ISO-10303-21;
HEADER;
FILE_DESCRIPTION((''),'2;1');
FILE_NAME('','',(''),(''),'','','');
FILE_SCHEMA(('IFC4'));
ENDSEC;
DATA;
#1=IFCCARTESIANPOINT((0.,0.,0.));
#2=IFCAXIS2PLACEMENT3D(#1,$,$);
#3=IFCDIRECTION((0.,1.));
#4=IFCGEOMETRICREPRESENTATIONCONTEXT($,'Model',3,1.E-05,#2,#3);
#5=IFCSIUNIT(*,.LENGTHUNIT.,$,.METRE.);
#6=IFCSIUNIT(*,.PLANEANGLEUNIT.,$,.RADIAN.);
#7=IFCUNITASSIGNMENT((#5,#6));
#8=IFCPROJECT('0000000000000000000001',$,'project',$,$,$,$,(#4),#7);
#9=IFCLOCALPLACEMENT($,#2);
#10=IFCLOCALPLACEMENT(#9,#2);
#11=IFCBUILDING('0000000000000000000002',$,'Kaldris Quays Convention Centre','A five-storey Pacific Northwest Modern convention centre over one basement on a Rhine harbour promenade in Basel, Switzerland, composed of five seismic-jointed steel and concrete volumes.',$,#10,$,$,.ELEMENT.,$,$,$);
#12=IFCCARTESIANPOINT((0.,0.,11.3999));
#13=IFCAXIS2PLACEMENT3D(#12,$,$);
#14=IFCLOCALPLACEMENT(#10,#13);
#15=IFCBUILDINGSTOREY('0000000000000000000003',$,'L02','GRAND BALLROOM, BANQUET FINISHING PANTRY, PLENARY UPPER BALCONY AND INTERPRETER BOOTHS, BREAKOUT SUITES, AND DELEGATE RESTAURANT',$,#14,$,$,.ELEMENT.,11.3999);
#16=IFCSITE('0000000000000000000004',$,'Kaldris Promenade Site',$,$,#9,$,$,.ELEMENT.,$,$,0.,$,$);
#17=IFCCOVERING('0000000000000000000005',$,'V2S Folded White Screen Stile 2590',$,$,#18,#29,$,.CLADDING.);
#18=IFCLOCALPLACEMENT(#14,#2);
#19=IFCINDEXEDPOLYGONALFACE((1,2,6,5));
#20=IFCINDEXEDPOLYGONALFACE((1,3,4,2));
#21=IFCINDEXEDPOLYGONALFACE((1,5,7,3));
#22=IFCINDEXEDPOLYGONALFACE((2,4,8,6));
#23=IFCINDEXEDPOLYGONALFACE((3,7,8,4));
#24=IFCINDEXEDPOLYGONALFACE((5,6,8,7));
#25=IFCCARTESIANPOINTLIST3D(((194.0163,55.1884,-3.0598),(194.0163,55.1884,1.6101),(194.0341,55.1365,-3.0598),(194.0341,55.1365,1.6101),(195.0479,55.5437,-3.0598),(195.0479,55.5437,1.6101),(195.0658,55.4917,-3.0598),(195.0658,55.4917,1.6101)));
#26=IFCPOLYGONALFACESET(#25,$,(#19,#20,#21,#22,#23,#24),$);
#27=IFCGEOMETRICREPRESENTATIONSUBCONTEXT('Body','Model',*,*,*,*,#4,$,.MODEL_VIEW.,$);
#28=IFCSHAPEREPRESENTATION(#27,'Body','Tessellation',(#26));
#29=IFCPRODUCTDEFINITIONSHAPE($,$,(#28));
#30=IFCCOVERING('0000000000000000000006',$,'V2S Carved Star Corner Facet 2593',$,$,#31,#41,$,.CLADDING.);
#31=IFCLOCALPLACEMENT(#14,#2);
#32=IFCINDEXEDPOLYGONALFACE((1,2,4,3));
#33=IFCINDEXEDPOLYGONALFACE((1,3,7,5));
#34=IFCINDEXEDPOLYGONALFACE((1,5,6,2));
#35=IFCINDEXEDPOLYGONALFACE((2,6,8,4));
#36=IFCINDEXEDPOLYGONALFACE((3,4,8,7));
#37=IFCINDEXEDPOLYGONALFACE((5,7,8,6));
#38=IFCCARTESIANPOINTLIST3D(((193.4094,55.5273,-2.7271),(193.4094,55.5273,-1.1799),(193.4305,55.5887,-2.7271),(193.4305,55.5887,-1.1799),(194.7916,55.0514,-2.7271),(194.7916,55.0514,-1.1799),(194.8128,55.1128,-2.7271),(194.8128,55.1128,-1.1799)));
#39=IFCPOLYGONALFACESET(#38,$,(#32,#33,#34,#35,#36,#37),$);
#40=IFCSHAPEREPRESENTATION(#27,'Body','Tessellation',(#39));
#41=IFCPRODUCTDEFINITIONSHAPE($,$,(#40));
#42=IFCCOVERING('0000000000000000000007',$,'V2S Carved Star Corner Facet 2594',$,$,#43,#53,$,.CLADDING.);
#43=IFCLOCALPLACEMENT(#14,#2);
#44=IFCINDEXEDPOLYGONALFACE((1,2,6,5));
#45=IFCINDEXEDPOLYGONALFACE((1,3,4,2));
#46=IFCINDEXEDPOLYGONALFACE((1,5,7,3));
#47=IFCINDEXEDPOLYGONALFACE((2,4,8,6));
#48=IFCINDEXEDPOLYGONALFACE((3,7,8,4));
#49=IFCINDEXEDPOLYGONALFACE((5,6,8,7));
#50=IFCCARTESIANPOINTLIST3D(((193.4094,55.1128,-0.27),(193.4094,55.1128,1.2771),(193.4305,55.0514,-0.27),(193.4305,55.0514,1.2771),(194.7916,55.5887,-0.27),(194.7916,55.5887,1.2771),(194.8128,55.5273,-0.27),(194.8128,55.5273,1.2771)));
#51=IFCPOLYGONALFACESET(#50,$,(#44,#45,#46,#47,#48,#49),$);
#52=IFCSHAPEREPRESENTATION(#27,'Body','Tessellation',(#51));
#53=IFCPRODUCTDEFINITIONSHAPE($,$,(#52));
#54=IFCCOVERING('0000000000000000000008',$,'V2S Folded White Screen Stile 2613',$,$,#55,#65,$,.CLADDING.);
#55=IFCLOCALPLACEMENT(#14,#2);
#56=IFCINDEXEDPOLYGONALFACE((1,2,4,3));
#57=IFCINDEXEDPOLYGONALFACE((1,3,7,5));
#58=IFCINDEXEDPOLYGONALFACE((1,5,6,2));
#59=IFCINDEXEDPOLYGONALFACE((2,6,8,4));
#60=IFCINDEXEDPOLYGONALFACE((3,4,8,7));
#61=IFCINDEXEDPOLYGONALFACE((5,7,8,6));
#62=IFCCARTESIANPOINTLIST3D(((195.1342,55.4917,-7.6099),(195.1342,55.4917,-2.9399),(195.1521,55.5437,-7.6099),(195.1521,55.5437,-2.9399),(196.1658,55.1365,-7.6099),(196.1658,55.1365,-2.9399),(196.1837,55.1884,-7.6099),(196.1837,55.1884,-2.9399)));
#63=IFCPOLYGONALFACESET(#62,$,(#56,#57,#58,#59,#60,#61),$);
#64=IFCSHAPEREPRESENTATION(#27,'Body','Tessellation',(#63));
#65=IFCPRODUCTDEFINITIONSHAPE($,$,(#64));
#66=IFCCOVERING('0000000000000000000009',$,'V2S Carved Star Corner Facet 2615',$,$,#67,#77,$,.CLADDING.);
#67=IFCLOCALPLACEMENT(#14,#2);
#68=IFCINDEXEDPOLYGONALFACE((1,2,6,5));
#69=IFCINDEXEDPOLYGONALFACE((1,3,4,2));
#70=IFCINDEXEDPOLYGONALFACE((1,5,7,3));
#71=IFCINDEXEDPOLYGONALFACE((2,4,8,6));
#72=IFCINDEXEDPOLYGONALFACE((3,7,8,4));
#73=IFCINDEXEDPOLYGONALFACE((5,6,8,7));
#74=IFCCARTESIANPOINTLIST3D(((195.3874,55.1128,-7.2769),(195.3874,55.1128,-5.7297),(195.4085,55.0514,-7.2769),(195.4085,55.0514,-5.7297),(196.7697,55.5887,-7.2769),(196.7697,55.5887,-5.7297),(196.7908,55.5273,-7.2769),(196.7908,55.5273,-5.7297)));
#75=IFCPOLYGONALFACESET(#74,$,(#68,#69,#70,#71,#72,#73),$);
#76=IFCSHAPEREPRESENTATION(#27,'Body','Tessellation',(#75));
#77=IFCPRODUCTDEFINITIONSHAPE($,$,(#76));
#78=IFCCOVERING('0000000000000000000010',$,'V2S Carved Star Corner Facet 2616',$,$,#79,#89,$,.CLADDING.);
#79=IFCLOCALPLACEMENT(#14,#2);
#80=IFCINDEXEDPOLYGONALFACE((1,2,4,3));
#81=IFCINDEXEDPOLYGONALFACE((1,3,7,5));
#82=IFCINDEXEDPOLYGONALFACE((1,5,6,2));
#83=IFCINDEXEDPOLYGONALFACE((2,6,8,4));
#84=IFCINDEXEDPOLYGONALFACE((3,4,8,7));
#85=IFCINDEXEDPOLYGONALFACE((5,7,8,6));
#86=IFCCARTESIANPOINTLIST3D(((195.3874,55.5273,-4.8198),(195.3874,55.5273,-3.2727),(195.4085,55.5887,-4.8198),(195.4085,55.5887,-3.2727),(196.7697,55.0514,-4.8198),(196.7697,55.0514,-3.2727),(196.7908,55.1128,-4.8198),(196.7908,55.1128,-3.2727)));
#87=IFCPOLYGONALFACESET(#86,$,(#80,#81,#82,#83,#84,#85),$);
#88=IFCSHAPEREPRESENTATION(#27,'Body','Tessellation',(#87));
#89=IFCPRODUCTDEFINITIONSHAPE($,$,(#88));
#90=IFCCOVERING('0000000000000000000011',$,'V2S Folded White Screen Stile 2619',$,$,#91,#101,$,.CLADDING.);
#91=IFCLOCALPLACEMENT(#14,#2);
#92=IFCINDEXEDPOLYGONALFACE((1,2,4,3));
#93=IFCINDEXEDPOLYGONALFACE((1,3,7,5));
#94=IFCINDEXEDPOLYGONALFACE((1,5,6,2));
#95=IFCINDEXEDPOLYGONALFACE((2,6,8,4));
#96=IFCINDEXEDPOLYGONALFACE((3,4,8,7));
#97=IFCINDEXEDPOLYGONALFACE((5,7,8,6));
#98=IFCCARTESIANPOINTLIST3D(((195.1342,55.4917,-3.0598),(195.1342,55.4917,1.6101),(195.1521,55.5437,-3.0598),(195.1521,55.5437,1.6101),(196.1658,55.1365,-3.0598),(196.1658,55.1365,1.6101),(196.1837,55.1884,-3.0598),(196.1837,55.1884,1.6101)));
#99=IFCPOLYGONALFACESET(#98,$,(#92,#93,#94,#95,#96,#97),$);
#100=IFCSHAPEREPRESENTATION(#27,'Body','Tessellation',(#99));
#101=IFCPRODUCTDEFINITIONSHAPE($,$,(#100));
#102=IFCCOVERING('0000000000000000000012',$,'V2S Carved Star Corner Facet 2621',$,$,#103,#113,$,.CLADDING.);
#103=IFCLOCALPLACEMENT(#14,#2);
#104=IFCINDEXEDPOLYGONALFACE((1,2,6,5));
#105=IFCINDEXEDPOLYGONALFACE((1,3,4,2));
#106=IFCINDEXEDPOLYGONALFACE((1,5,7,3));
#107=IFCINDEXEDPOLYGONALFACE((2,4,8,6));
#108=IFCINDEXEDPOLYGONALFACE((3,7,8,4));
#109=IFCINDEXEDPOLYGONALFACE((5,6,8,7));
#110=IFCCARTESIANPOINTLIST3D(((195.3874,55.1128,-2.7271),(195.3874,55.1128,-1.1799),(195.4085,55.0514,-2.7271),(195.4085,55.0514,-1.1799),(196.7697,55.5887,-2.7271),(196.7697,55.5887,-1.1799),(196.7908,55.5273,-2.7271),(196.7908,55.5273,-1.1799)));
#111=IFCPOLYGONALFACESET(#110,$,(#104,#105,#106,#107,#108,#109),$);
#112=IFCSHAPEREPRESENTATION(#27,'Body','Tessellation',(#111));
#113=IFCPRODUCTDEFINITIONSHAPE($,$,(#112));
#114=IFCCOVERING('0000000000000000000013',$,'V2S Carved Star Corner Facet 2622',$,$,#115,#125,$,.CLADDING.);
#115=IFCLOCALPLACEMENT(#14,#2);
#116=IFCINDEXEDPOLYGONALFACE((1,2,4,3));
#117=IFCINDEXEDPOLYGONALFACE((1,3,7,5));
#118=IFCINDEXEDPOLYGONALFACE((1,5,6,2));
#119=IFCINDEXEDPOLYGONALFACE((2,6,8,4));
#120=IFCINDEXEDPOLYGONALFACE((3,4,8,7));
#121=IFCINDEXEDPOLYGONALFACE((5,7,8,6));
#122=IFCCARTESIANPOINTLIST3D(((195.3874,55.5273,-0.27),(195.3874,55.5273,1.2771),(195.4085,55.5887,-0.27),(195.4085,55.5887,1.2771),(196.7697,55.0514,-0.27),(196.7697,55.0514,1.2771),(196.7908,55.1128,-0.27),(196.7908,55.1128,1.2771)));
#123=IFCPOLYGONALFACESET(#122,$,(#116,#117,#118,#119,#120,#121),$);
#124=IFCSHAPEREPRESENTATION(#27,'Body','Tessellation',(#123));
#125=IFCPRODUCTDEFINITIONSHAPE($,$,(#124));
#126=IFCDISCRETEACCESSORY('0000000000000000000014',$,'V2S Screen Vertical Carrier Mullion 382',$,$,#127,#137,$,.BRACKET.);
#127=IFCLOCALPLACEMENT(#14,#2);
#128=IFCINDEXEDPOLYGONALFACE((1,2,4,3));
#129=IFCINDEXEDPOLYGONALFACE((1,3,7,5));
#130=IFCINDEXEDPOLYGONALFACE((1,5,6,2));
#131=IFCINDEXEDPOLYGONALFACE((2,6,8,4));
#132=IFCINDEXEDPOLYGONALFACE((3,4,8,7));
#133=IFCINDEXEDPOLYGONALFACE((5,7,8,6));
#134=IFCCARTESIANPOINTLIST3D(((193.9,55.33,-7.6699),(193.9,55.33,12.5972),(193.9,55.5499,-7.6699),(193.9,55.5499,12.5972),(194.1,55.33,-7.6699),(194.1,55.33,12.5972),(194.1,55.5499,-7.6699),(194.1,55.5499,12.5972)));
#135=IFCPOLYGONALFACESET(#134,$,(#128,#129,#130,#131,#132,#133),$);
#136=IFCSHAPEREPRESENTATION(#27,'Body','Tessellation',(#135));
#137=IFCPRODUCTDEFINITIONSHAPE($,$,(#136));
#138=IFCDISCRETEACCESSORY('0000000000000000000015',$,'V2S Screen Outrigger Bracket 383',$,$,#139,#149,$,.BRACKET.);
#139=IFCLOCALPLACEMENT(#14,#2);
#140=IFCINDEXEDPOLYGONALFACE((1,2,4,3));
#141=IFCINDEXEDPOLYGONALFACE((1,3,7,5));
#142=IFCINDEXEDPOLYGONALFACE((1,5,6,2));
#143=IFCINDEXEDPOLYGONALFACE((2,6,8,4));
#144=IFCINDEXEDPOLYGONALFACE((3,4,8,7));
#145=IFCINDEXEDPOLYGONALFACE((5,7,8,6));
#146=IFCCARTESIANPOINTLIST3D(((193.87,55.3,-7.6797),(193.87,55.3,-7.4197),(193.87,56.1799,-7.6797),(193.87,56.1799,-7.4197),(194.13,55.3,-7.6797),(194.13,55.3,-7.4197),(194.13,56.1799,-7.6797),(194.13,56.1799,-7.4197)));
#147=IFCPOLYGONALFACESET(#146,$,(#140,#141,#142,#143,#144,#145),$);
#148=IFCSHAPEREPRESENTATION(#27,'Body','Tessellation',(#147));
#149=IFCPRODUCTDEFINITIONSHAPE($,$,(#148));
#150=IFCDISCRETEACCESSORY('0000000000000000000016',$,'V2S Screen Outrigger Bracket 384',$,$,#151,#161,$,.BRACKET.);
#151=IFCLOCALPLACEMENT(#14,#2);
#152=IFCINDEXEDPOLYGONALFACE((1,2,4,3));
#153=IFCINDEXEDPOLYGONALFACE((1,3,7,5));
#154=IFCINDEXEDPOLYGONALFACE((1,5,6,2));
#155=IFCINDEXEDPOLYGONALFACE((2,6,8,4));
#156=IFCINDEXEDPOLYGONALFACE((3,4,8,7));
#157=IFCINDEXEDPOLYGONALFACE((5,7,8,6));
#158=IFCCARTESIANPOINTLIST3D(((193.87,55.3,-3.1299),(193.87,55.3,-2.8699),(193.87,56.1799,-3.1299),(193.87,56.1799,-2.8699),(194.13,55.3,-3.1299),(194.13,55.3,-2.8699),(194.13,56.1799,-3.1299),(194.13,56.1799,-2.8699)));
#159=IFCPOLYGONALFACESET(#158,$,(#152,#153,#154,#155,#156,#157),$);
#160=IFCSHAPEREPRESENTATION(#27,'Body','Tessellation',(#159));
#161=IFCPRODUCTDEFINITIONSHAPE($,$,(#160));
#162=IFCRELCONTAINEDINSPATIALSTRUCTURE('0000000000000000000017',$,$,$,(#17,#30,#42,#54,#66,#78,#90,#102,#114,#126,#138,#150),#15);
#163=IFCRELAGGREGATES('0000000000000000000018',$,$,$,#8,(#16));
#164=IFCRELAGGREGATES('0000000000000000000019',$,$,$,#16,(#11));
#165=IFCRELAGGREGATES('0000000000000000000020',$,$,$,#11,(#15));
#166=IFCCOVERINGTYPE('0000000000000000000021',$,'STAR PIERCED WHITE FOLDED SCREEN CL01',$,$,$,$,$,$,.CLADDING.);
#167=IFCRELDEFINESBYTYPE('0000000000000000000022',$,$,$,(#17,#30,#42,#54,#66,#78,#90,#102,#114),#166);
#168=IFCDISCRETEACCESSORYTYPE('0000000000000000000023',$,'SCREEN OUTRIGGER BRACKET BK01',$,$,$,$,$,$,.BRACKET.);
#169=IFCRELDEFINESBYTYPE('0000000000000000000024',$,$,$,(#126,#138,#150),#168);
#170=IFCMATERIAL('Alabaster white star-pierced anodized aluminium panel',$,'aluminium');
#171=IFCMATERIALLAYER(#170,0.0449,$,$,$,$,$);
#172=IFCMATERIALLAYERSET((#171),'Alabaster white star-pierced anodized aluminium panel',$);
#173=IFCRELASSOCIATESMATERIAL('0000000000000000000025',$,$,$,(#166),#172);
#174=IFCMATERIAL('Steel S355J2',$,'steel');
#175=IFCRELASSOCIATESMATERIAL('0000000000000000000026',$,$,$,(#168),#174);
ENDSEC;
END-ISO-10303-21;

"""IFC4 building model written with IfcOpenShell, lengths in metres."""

from ifc_helpers import new_model, si_unit, direction, frame, origin, origin_2d, place, context, subcontext, project, spatial, rectangle, extrude, material, layer, layer_set, type_object, element, save


model = new_model("IFC4")

# Units and contexts
model_context = context("Model", 3, precision=1e-05, world=origin(), true_north=direction((0.0, 1.0)))
body_context = subcontext(model_context, "Body", "Model", "MODEL_VIEW")
ifc_project = project(units=[si_unit("LENGTHUNIT", "METRE"), si_unit("PLANEANGLEUNIT", "RADIAN")], contexts=[model_context])

# Site, building, storey
site_placement = place(None, origin())
site = spatial("IfcSite", under=ifc_project, at=site_placement, Name="Kaldris Promenade Site", CompositionType="ELEMENT", RefElevation=0.0)
building_placement = place(site_placement, origin())
building = spatial("IfcBuilding", under=site, at=building_placement, Name="Kaldris Quays Convention Centre", Description="A five-storey Pacific Northwest Modern convention centre over one basement on a Rhine harbour promenade in Basel, Switzerland, composed of five seismic-jointed steel and concrete volumes.", CompositionType="ELEMENT")
storey_placement = place(building_placement, frame((0.0, 0.0, 11.3999)))
storey = spatial("IfcBuildingStorey", under=building, at=storey_placement, Name="L02", Description="GRAND BALLROOM, BANQUET FINISHING PANTRY, PLENARY UPPER BALCONY AND INTERPRETER BOOTHS, BREAKOUT SUITES, AND DELEGATE RESTAURANT", CompositionType="ELEMENT", Elevation=11.3999)

# Shared definitions
ifc_material_1 = material(Name="Steel S355J2", Category="steel")

# Coverings
ifc_material_2 = material(Name="Alabaster white star-pierced anodized aluminium panel", Category="aluminium")
ifc_layer_1 = layer(ifc_material_2, 0.0449)
ifc_layer_set_1 = layer_set([ifc_layer_1], Name="Alabaster white star-pierced anodized aluminium panel")
covering_type = type_object("IfcCoveringType", Name="STAR PIERCED WHITE FOLDED SCREEN CL01", PredefinedType="CLADDING", material=ifc_layer_set_1)
covering_1_placement = place(storey_placement, frame((194.541, 55.3401, -3.0598), z_axis=(0.0, 0.0, 1.0), x_axis=(0.945519, 0.325568, 0.0)))
element("IfcCovering", 1, at=covering_1_placement, inside=storey, type_object=covering_type, Name="V2S Folded White Screen Stile 2590", PredefinedType="CLADDING", context=body_context, shape_type="SweptSolid", body=[
    extrude(rectangle(XDim=1.0911, YDim=0.0549, at=origin_2d()), origin(), (0.0, 0.0, 1.0), 4.6699),
])
for number, where, z_axis, x_axis, name in (
    (2, (194.1111, 55.3201, -2.7271), (0.0, 0.0, 1.0), (0.945519, -0.325568, 0.0), "V2S Carved Star Corner Facet 2593"),
    (3, (194.1111, 55.3201, -0.27), (0.0, 0.0, 1.0), (0.945519, 0.325568, 0.0), "V2S Carved Star Corner Facet 2594"),
):
    element("IfcCovering", number, at=place(storey_placement, frame(where, z_axis=z_axis, x_axis=x_axis)), inside=storey, type_object=covering_type, Name=name, PredefinedType="CLADDING", context=body_context, shape_type="SweptSolid", body=[
        extrude(rectangle(XDim=1.4619, YDim=0.0649, at=origin_2d()), origin(), (0.0, 0.0, 1.0), 1.5471),
    ])
covering_2_placement = place(storey_placement, frame((195.6589, 55.3401, -7.6099), z_axis=(0.0, 0.0, 1.0), x_axis=(0.945519, -0.325568, 0.0)))
element("IfcCovering", 4, at=covering_2_placement, inside=storey, type_object=covering_type, Name="V2S Folded White Screen Stile 2613", PredefinedType="CLADDING", context=body_context, shape_type="SweptSolid", body=[
    extrude(rectangle(XDim=1.0911, YDim=0.0549, at=origin_2d()), origin(), (0.0, 0.0, 1.0), 4.6699),
])
for number, where, z_axis, x_axis, name in (
    (5, (196.0891, 55.3201, -7.2769), (0.0, 0.0, 1.0), (0.945519, 0.325568, 0.0), "V2S Carved Star Corner Facet 2615"),
    (6, (196.0891, 55.3201, -4.8198), (0.0, 0.0, 1.0), (0.945519, -0.325568, 0.0), "V2S Carved Star Corner Facet 2616"),
):
    element("IfcCovering", number, at=place(storey_placement, frame(where, z_axis=z_axis, x_axis=x_axis)), inside=storey, type_object=covering_type, Name=name, PredefinedType="CLADDING", context=body_context, shape_type="SweptSolid", body=[
        extrude(rectangle(XDim=1.4619, YDim=0.0649, at=origin_2d()), origin(), (0.0, 0.0, 1.0), 1.5471),
    ])
covering_3_placement = place(storey_placement, frame((195.6589, 55.3401, -3.0598), z_axis=(0.0, 0.0, 1.0), x_axis=(0.945519, -0.325568, 0.0)))
element("IfcCovering", 7, at=covering_3_placement, inside=storey, type_object=covering_type, Name="V2S Folded White Screen Stile 2619", PredefinedType="CLADDING", context=body_context, shape_type="SweptSolid", body=[
    extrude(rectangle(XDim=1.0911, YDim=0.0549, at=origin_2d()), origin(), (0.0, 0.0, 1.0), 4.6699),
])
for number, where, z_axis, x_axis, name in (
    (8, (196.0891, 55.3201, -2.7271), (0.0, 0.0, 1.0), (0.945519, 0.325568, 0.0), "V2S Carved Star Corner Facet 2621"),
    (9, (196.0891, 55.3201, -0.27), (0.0, 0.0, 1.0), (0.945519, -0.325568, 0.0), "V2S Carved Star Corner Facet 2622"),
):
    element("IfcCovering", number, at=place(storey_placement, frame(where, z_axis=z_axis, x_axis=x_axis)), inside=storey, type_object=covering_type, Name=name, PredefinedType="CLADDING", context=body_context, shape_type="SweptSolid", body=[
        extrude(rectangle(XDim=1.4619, YDim=0.0649, at=origin_2d()), origin(), (0.0, 0.0, 1.0), 1.5471),
    ])

# Discrete accessories
discrete_accessory_type = type_object("IfcDiscreteAccessoryType", Name="SCREEN OUTRIGGER BRACKET BK01", PredefinedType="BRACKET", material=ifc_material_1)
discrete_accessory_placement = place(storey_placement, frame((194.0, 55.4399, -7.6699), z_axis=(0.0, 0.0, 1.0), x_axis=(1.0, 0.0, 0.0)))
element("IfcDiscreteAccessory", 10, at=discrete_accessory_placement, inside=storey, type_object=discrete_accessory_type, Name="V2S Screen Vertical Carrier Mullion 382", PredefinedType="BRACKET", context=body_context, shape_type="SweptSolid", body=[
    extrude(rectangle(XDim=0.2, YDim=0.22, at=origin_2d()), origin(), (0.0, 0.0, 1.0), 20.2671),
])
for number, where, z_axis, x_axis, name in (
    (11, (194.0, 55.74, -7.6797), (0.0, 0.0, 1.0), (1.0, 0.0, 0.0), "V2S Screen Outrigger Bracket 383"),
    (12, (194.0, 55.74, -3.1299), (0.0, 0.0, 1.0), (1.0, 0.0, 0.0), "V2S Screen Outrigger Bracket 384"),
):
    element("IfcDiscreteAccessory", number, at=place(storey_placement, frame(where, z_axis=z_axis, x_axis=x_axis)), inside=storey, type_object=discrete_accessory_type, Name=name, PredefinedType="BRACKET", context=body_context, shape_type="SweptSolid", body=[
        extrude(rectangle(XDim=0.26, YDim=0.8799, at=origin_2d()), origin(), (0.0, 0.0, 1.0), 0.26),
    ])

save(model, "model.ifc")
